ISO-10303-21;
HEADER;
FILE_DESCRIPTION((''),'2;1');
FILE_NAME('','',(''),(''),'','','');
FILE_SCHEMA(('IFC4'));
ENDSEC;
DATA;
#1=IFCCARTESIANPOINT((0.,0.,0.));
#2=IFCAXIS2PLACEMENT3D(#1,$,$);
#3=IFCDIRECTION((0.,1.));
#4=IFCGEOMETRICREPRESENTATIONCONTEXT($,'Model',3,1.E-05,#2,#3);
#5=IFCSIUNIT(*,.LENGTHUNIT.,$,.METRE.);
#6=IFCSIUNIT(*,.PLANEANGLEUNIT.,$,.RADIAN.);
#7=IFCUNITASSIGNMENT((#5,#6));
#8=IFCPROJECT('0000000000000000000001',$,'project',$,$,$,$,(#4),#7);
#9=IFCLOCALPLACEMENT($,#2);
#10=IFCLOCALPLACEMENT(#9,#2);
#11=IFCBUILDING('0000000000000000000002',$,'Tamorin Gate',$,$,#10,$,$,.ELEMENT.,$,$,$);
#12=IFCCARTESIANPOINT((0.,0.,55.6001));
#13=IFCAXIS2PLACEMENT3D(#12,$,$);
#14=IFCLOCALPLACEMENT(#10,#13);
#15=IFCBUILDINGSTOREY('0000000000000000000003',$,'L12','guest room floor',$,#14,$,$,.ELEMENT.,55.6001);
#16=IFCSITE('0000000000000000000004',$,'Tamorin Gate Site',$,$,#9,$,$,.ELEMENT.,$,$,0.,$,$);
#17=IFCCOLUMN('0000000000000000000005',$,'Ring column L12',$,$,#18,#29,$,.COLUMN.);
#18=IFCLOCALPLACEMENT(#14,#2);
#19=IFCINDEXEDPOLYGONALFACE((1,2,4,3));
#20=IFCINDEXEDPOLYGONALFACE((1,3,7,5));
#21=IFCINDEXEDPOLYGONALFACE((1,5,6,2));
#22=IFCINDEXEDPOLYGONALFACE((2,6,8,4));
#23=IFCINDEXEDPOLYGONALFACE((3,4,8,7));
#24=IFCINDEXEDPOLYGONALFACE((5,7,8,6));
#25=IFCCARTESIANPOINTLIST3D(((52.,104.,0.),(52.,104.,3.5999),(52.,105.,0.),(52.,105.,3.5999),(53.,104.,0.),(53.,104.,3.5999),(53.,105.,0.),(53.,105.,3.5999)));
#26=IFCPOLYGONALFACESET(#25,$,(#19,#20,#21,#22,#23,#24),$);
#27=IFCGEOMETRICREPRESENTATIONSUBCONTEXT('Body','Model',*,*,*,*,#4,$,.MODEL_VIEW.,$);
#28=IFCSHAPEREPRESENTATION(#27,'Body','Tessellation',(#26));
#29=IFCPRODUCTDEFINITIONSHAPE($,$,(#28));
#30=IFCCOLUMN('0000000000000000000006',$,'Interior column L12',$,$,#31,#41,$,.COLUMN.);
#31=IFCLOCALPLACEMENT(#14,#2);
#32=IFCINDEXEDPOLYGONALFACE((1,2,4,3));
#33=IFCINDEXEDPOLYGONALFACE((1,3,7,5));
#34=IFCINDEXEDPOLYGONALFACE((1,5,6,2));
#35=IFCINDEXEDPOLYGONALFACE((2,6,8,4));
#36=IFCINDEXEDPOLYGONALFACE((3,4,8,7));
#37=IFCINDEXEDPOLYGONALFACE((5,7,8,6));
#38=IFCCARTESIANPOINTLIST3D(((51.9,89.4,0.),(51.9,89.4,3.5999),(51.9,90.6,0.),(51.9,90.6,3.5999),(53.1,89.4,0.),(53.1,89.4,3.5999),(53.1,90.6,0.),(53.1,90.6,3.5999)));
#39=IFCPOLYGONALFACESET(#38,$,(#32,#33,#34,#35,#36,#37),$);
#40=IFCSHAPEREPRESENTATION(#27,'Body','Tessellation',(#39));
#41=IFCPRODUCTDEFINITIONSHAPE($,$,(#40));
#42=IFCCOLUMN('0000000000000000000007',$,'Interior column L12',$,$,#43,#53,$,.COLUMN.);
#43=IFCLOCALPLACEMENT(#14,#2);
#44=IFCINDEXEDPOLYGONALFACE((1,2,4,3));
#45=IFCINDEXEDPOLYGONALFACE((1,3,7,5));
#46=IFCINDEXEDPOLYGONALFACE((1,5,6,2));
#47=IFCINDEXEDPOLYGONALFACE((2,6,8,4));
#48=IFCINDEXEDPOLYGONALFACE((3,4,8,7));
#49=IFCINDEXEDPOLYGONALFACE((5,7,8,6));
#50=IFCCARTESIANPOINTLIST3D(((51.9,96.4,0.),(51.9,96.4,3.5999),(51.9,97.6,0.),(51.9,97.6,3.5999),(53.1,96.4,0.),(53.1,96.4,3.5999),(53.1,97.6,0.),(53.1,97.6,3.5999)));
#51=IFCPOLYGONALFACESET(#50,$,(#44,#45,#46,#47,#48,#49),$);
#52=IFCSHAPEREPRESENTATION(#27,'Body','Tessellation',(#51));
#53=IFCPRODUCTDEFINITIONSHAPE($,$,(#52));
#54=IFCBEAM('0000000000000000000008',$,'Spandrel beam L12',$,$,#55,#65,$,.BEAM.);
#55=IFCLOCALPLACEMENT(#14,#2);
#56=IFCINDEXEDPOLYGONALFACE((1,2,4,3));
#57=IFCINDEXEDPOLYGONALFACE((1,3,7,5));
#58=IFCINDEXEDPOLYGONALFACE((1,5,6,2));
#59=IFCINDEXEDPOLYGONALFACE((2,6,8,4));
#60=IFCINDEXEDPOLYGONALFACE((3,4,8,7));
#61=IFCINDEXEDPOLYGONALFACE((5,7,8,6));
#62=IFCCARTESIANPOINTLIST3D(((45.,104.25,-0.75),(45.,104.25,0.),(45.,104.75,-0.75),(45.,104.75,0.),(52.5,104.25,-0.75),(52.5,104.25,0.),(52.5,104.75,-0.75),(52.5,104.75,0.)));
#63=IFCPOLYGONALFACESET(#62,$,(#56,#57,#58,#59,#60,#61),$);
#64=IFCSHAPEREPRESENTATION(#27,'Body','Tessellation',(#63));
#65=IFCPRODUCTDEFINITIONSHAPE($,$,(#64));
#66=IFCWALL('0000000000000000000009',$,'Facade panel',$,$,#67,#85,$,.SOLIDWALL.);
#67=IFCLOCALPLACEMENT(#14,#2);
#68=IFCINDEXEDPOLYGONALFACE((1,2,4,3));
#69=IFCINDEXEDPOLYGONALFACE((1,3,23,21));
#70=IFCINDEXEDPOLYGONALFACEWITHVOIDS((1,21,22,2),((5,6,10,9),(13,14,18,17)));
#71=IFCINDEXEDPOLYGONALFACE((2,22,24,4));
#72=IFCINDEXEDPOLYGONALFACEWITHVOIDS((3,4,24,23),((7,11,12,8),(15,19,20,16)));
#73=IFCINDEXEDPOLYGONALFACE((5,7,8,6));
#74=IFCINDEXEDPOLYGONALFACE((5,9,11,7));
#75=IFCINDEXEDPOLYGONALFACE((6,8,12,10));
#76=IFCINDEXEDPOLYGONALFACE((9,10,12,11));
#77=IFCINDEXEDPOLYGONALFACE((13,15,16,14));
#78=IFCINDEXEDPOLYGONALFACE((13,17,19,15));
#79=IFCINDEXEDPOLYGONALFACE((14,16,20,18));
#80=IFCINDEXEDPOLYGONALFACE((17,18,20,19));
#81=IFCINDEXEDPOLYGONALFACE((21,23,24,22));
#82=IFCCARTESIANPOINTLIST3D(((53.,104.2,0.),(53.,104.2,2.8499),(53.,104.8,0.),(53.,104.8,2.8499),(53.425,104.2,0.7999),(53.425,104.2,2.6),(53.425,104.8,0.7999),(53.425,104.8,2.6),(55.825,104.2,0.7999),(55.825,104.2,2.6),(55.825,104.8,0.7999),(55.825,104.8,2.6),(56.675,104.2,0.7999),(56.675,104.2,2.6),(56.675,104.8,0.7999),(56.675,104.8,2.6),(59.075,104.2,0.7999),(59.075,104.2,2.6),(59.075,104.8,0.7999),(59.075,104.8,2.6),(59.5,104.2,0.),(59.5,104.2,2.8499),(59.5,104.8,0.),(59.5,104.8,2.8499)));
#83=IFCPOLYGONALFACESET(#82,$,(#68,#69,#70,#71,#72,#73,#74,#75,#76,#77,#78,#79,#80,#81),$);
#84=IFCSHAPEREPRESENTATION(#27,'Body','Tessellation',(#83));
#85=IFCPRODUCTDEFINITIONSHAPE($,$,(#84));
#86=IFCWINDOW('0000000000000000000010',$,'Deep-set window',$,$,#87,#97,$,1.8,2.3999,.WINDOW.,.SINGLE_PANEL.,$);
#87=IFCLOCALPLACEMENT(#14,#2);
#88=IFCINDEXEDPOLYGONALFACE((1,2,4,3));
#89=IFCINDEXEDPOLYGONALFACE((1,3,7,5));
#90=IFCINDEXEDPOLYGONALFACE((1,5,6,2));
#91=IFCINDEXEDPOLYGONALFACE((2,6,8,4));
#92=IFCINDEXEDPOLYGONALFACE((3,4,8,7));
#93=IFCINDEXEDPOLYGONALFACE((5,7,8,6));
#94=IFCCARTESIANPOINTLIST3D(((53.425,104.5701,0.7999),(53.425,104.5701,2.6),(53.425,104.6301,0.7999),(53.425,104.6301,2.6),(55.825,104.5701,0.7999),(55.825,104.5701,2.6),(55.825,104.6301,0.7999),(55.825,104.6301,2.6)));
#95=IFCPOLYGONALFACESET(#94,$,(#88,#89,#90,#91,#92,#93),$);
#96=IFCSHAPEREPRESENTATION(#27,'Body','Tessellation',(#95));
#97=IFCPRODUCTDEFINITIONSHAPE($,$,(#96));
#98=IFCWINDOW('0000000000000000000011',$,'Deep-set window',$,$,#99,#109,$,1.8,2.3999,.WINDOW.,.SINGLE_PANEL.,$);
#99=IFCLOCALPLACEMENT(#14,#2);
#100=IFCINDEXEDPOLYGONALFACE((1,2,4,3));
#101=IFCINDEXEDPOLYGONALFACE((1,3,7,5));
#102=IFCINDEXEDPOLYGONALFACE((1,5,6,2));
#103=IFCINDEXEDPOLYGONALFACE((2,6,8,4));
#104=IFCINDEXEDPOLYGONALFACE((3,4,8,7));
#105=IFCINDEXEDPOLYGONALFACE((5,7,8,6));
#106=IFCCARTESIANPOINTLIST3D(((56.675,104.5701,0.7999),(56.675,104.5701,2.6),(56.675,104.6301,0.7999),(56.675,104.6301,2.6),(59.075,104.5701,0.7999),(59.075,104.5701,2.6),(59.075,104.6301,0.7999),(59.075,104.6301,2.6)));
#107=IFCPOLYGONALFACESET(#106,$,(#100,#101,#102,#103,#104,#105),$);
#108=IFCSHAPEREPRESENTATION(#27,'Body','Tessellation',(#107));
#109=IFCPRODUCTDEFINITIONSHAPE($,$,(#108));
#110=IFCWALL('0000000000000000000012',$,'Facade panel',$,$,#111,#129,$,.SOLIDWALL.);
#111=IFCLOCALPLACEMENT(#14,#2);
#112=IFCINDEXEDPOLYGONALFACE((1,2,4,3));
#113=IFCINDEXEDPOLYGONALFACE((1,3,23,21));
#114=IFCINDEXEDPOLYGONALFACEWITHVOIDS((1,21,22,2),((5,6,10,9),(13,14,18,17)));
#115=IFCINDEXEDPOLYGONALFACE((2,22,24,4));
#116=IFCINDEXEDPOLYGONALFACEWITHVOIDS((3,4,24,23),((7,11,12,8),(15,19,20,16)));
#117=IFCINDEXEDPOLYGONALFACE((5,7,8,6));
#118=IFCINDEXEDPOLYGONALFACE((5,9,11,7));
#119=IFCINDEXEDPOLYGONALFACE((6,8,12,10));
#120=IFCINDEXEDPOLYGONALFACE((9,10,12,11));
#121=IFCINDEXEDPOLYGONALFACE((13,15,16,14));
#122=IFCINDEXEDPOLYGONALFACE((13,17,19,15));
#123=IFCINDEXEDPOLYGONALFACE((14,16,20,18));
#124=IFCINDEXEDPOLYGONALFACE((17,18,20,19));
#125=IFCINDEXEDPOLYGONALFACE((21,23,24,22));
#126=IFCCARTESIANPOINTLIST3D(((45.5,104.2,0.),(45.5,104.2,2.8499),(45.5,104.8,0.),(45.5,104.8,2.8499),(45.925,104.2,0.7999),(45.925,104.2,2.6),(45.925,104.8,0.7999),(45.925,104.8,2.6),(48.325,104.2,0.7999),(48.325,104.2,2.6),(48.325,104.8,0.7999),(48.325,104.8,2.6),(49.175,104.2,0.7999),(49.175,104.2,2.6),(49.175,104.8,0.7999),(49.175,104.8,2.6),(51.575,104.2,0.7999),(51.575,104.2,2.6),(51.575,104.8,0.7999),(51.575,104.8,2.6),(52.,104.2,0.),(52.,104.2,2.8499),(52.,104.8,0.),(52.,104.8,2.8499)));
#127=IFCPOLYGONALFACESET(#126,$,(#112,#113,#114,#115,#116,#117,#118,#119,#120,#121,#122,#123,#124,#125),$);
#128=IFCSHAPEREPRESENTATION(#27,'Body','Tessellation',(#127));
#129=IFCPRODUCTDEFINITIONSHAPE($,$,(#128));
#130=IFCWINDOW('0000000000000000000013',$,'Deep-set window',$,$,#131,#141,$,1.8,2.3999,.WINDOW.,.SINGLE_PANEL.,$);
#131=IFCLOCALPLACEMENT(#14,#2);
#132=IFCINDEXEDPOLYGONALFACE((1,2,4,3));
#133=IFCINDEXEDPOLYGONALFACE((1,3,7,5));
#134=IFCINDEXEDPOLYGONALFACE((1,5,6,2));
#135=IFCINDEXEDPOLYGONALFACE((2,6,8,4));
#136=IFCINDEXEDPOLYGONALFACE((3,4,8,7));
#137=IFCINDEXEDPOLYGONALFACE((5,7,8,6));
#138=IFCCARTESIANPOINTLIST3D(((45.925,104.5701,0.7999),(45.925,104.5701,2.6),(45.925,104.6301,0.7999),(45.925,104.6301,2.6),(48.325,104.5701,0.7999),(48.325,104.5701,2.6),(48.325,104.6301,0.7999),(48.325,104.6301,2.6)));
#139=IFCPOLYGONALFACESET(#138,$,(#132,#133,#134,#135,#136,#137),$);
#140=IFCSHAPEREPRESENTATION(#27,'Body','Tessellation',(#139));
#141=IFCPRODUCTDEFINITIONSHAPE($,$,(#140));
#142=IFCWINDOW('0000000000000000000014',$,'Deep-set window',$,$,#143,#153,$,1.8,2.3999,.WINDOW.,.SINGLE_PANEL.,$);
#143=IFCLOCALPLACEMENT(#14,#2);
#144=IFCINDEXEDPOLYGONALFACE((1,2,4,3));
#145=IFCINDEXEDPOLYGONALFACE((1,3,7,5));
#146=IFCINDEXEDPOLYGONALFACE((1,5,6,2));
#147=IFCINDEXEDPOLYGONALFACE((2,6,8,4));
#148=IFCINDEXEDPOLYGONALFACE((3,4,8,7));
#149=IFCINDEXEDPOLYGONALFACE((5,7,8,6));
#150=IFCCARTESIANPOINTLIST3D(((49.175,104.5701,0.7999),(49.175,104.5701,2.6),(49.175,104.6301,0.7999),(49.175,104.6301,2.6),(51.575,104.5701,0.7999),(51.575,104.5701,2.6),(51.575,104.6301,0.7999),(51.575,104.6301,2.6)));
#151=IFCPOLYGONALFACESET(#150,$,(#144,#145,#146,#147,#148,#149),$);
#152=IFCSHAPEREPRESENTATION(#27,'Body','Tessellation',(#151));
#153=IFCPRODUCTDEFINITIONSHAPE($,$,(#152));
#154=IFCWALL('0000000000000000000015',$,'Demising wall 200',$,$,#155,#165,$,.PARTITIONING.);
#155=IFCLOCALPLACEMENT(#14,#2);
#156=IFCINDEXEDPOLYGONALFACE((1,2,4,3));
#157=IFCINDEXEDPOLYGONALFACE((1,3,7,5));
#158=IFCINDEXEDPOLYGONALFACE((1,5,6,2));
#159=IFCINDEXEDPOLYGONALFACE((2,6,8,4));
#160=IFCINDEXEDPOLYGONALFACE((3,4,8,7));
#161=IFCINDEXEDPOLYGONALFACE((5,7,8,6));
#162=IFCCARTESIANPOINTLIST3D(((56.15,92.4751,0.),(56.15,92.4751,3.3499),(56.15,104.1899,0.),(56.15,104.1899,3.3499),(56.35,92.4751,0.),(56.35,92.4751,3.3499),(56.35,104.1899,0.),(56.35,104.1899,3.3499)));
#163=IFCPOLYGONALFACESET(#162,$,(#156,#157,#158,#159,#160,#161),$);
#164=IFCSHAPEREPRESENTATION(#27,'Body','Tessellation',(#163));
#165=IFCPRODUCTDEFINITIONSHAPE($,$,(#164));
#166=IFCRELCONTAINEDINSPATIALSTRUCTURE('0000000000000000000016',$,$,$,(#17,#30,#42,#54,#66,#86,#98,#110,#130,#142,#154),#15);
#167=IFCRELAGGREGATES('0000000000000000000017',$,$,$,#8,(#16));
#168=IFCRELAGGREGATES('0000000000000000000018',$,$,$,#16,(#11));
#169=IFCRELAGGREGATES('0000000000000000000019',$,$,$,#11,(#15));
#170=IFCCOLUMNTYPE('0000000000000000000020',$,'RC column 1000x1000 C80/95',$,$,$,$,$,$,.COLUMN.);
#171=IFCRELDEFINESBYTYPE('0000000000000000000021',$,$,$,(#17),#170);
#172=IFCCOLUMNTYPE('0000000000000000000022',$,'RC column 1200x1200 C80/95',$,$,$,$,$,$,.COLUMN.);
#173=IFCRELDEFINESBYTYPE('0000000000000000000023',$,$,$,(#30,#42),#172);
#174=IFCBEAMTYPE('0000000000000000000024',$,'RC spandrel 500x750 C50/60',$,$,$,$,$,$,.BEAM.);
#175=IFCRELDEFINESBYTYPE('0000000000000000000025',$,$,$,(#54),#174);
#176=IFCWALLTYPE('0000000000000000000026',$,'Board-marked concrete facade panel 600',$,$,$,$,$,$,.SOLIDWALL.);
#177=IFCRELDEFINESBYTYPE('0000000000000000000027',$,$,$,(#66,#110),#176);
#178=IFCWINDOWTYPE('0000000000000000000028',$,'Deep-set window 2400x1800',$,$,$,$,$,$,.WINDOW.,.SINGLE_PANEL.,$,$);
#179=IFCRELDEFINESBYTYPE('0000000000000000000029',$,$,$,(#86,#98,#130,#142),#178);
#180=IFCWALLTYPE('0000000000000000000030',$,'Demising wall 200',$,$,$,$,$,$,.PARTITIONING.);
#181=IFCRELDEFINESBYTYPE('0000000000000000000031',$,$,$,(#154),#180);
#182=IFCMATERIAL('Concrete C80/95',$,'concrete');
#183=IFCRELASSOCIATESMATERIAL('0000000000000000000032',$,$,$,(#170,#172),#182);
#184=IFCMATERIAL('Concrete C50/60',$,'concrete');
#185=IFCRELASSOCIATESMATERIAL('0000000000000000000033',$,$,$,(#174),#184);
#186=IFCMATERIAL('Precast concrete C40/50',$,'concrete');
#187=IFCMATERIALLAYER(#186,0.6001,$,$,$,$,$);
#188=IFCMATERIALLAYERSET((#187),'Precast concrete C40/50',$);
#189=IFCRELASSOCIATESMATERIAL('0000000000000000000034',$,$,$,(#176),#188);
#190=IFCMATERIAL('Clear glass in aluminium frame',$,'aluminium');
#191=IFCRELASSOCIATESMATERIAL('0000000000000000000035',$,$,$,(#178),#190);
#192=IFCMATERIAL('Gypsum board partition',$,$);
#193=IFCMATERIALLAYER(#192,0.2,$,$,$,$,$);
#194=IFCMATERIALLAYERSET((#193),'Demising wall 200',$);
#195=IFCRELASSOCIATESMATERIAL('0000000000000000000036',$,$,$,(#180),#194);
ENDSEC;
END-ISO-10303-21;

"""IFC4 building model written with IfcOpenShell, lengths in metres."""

from ifc_helpers import new_model, si_unit, direction, frame, frame_2d, origin, origin_2d, place, context, subcontext, project, spatial, rectangle, extrude, material, layer, layer_set, material_profile, profile_set, type_object, element, fill, save


model = new_model("IFC4")

# Units and contexts
model_context = context("Model", 3, precision=1e-05, world=origin(), true_north=direction((0.0, 1.0)))
body_context = subcontext(model_context, "Body", "Model", "MODEL_VIEW")
ifc_project = project(units=[si_unit("LENGTHUNIT", "METRE"), si_unit("PLANEANGLEUNIT", "RADIAN")], contexts=[model_context])

# Site, building, storey
site_placement = place(None, origin())
site = spatial("IfcSite", under=ifc_project, at=site_placement, Name="Tamorin Gate Site", CompositionType="ELEMENT", RefElevation=0.0)
building_placement = place(site_placement, origin())
building = spatial("IfcBuilding", under=site, at=building_placement, Name="Tamorin Gate", CompositionType="ELEMENT")
storey_placement = place(building_placement, frame((0.0, 0.0, 55.6001)))
storey = spatial("IfcBuildingStorey", under=building, at=storey_placement, Name="L12", Description="guest room floor", CompositionType="ELEMENT", Elevation=55.6001)

# Columns
ifc_material_1 = material(Name="Concrete C80/95", Category="concrete")
ifc_material_profile_1 = material_profile(ifc_material_1, rectangle(XDim=1.0, YDim=1.0, at=origin_2d()), Name="RC 1000x1000")
ifc_profile_set_1 = profile_set([ifc_material_profile_1], Name="Concrete C80/95")
column_type_1 = type_object("IfcColumnType", Name="RC column 1000x1000 C80/95", PredefinedType="COLUMN", material=ifc_profile_set_1)
column_placement = place(storey_placement, frame((52.5, 104.5, 0.0), z_axis=(0.0, 0.0, 1.0), x_axis=(1.0, 0.0, 0.0)))
element("IfcColumn", 1, at=column_placement, inside=storey, type_object=column_type_1, Name="Ring column L12", PredefinedType="COLUMN", context=body_context, shape_type="SweptSolid", body=[
    extrude(rectangle(XDim=1.0, YDim=1.0, at=origin_2d()), origin(), (0.0, 0.0, 1.0), 3.5999),
])
ifc_material_profile_2 = material_profile(ifc_material_1, rectangle(XDim=1.2, YDim=1.2, at=origin_2d()), Name="RC 1200x1200")
ifc_profile_set_2 = profile_set([ifc_material_profile_2], Name="Concrete C80/95")
column_type_2 = type_object("IfcColumnType", Name="RC column 1200x1200 C80/95", PredefinedType="COLUMN", material=ifc_profile_set_2)
for number, where, z_axis, x_axis, name in (
    (2, (52.5, 90.0, 0.0), (0.0, 0.0, 1.0), (1.0, 0.0, 0.0), "Interior column L12"),
    (3, (52.5, 97.0, 0.0), (0.0, 0.0, 1.0), (1.0, 0.0, 0.0), "Interior column L12"),
):
    element("IfcColumn", number, at=place(storey_placement, frame(where, z_axis=z_axis, x_axis=x_axis)), inside=storey, type_object=column_type_2, Name=name, PredefinedType="COLUMN", context=body_context, shape_type="SweptSolid", body=[
        extrude(rectangle(XDim=1.2, YDim=1.2, at=origin_2d()), origin(), (0.0, 0.0, 1.0), 3.5999),
    ])

# Beam
ifc_material_2 = material(Name="Concrete C50/60", Category="concrete")
ifc_material_profile_3 = material_profile(ifc_material_2, rectangle(XDim=0.5, YDim=0.75, at=origin_2d()), Name="RC 500x750")
ifc_profile_set_3 = profile_set([ifc_material_profile_3], Name="Concrete C50/60")
beam_type = type_object("IfcBeamType", Name="RC spandrel 500x750 C50/60", PredefinedType="BEAM", material=ifc_profile_set_3)
beam_placement = place(storey_placement, frame((52.5, 104.5, -0.375), z_axis=(-1.0, 0.0, 0.0), x_axis=(0.0, -1.0, 0.0)))
element("IfcBeam", 4, at=beam_placement, inside=storey, type_object=beam_type, Name="Spandrel beam L12", PredefinedType="BEAM", context=body_context, shape_type="SweptSolid", body=[
    extrude(rectangle(XDim=0.5, YDim=0.75, at=origin_2d()), origin(), (0.0, 0.0, 1.0), 7.5),
])

# Walls, openings, windows
ifc_material_3 = material(Name="Precast concrete C40/50", Category="concrete")
ifc_layer_1 = layer(ifc_material_3, 0.6001)
ifc_layer_set_1 = layer_set([ifc_layer_1], Name="Precast concrete C40/50")
wall_type_1 = type_object("IfcWallType", Name="Board-marked concrete facade panel 600", PredefinedType="SOLIDWALL", material=ifc_layer_set_1)
wall_1_placement = place(storey_placement, frame((59.5, 104.5, 0.0), z_axis=(0.0, 0.0, 1.0), x_axis=(-1.0, 0.0, 0.0)))
wall_1 = element("IfcWall", 5, at=wall_1_placement, inside=storey, type_object=wall_type_1, Name="Facade panel", PredefinedType="SOLIDWALL", context=body_context, shape_type="SweptSolid", body=[
    extrude(rectangle(XDim=6.5, YDim=0.6001, at=frame_2d((3.25, 0.0))), origin(), (0.0, 0.0, 1.0), 2.8499),
])
opening_1_placement = place(wall_1_placement, frame((3.675, 0.0, 0.8)))
opening_1 = element("IfcOpeningElement", 6, at=opening_1_placement, cuts=wall_1, PredefinedType="OPENING", context=body_context, shape_type="SweptSolid", body=[
    extrude(rectangle(XDim=2.3999, YDim=1.8, at=frame_2d((1.2, 0.8999))), frame((0.0, 0.3101, 0.0), z_axis=(0.0, -1.0, 0.0), x_axis=(1.0, 0.0, 0.0)), (0.0, 0.0, 1.0), 0.6201),
])
opening_2_placement = place(wall_1_placement, frame((0.425, 0.0, 0.8)))
opening_2 = element("IfcOpeningElement", 7, at=opening_2_placement, cuts=wall_1, PredefinedType="OPENING", context=body_context, shape_type="SweptSolid", body=[
    extrude(rectangle(XDim=2.3999, YDim=1.8, at=frame_2d((1.2, 0.8999))), frame((0.0, 0.3101, 0.0), z_axis=(0.0, -1.0, 0.0), x_axis=(1.0, 0.0, 0.0)), (0.0, 0.0, 1.0), 0.6201),
])
ifc_material_4 = material(Name="Clear glass in aluminium frame", Category="aluminium")
window_type = type_object("IfcWindowType", Name="Deep-set window 2400x1800", PartitioningType="SINGLE_PANEL", PredefinedType="WINDOW", material=ifc_material_4)
window_1_placement = place(opening_1_placement, origin())
window_1 = element("IfcWindow", 8, at=window_1_placement, inside=storey, type_object=window_type, Name="Deep-set window", OverallHeight=1.8, OverallWidth=2.3999, PartitioningType="SINGLE_PANEL", PredefinedType="WINDOW", context=body_context, shape_type="SweptSolid", body=[
    extrude(rectangle(XDim=2.3999, YDim=1.8, at=frame_2d((1.2, 0.8999))), frame((0.0, -0.0701, 0.0), z_axis=(0.0, -1.0, 0.0), x_axis=(1.0, 0.0, 0.0)), (0.0, 0.0, 1.0), 0.0601),
])
fill(opening_1, window_1)
window_2_placement = place(opening_2_placement, origin())
window_2 = element("IfcWindow", 9, at=window_2_placement, inside=storey, type_object=window_type, Name="Deep-set window", OverallHeight=1.8, OverallWidth=2.3999, PartitioningType="SINGLE_PANEL", PredefinedType="WINDOW", context=body_context, shape_type="SweptSolid", body=[
    extrude(rectangle(XDim=2.3999, YDim=1.8, at=frame_2d((1.2, 0.8999))), frame((0.0, -0.0701, 0.0), z_axis=(0.0, -1.0, 0.0), x_axis=(1.0, 0.0, 0.0)), (0.0, 0.0, 1.0), 0.0601),
])
fill(opening_2, window_2)
wall_2_placement = place(storey_placement, frame((52.0, 104.5, 0.0), z_axis=(0.0, 0.0, 1.0), x_axis=(-1.0, 0.0, 0.0)))
wall_2 = element("IfcWall", 10, at=wall_2_placement, inside=storey, type_object=wall_type_1, Name="Facade panel", PredefinedType="SOLIDWALL", context=body_context, shape_type="SweptSolid", body=[
    extrude(rectangle(XDim=6.5, YDim=0.6001, at=frame_2d((3.25, 0.0))), origin(), (0.0, 0.0, 1.0), 2.8499),
])
opening_3_placement = place(wall_2_placement, frame((3.675, 0.0, 0.8)))
opening_3 = element("IfcOpeningElement", 11, at=opening_3_placement, cuts=wall_2, PredefinedType="OPENING", context=body_context, shape_type="SweptSolid", body=[
    extrude(rectangle(XDim=2.3999, YDim=1.8, at=frame_2d((1.2, 0.8999))), frame((0.0, 0.3101, 0.0), z_axis=(0.0, -1.0, 0.0), x_axis=(1.0, 0.0, 0.0)), (0.0, 0.0, 1.0), 0.6201),
])
opening_4_placement = place(wall_2_placement, frame((0.425, 0.0, 0.8)))
opening_4 = element("IfcOpeningElement", 12, at=opening_4_placement, cuts=wall_2, PredefinedType="OPENING", context=body_context, shape_type="SweptSolid", body=[
    extrude(rectangle(XDim=2.3999, YDim=1.8, at=frame_2d((1.2, 0.8999))), frame((0.0, 0.3101, 0.0), z_axis=(0.0, -1.0, 0.0), x_axis=(1.0, 0.0, 0.0)), (0.0, 0.0, 1.0), 0.6201),
])
window_3_placement = place(opening_3_placement, origin())
window_3 = element("IfcWindow", 13, at=window_3_placement, inside=storey, type_object=window_type, Name="Deep-set window", OverallHeight=1.8, OverallWidth=2.3999, PartitioningType="SINGLE_PANEL", PredefinedType="WINDOW", context=body_context, shape_type="SweptSolid", body=[
    extrude(rectangle(XDim=2.3999, YDim=1.8, at=frame_2d((1.2, 0.8999))), frame((0.0, -0.0701, 0.0), z_axis=(0.0, -1.0, 0.0), x_axis=(1.0, 0.0, 0.0)), (0.0, 0.0, 1.0), 0.0601),
])
fill(opening_3, window_3)
window_4_placement = place(opening_4_placement, origin())
window_4 = element("IfcWindow", 14, at=window_4_placement, inside=storey, type_object=window_type, Name="Deep-set window", OverallHeight=1.8, OverallWidth=2.3999, PartitioningType="SINGLE_PANEL", PredefinedType="WINDOW", context=body_context, shape_type="SweptSolid", body=[
    extrude(rectangle(XDim=2.3999, YDim=1.8, at=frame_2d((1.2, 0.8999))), frame((0.0, -0.0701, 0.0), z_axis=(0.0, -1.0, 0.0), x_axis=(1.0, 0.0, 0.0)), (0.0, 0.0, 1.0), 0.0601),
])
fill(opening_4, window_4)

# Wall
ifc_material_5 = material(Name="Gypsum board partition")
ifc_layer_2 = layer(ifc_material_5, 0.2)
ifc_layer_set_2 = layer_set([ifc_layer_2], Name="Demising wall 200")
wall_type_2 = type_object("IfcWallType", Name="Demising wall 200", PredefinedType="PARTITIONING", material=ifc_layer_set_2)
wall_3_placement = place(storey_placement, frame((56.25, 92.4751, 0.0), z_axis=(0.0, 0.0, 1.0), x_axis=(0.0, 1.0, 0.0)))
element("IfcWall", 15, at=wall_3_placement, inside=storey, type_object=wall_type_2, Name="Demising wall 200", PredefinedType="PARTITIONING", context=body_context, shape_type="SweptSolid", body=[
    extrude(rectangle(XDim=11.7148, YDim=0.2, at=frame_2d((5.8574, 0.0))), origin(), (0.0, 0.0, 1.0), 3.3499),
])

save(model, "model.ifc")
